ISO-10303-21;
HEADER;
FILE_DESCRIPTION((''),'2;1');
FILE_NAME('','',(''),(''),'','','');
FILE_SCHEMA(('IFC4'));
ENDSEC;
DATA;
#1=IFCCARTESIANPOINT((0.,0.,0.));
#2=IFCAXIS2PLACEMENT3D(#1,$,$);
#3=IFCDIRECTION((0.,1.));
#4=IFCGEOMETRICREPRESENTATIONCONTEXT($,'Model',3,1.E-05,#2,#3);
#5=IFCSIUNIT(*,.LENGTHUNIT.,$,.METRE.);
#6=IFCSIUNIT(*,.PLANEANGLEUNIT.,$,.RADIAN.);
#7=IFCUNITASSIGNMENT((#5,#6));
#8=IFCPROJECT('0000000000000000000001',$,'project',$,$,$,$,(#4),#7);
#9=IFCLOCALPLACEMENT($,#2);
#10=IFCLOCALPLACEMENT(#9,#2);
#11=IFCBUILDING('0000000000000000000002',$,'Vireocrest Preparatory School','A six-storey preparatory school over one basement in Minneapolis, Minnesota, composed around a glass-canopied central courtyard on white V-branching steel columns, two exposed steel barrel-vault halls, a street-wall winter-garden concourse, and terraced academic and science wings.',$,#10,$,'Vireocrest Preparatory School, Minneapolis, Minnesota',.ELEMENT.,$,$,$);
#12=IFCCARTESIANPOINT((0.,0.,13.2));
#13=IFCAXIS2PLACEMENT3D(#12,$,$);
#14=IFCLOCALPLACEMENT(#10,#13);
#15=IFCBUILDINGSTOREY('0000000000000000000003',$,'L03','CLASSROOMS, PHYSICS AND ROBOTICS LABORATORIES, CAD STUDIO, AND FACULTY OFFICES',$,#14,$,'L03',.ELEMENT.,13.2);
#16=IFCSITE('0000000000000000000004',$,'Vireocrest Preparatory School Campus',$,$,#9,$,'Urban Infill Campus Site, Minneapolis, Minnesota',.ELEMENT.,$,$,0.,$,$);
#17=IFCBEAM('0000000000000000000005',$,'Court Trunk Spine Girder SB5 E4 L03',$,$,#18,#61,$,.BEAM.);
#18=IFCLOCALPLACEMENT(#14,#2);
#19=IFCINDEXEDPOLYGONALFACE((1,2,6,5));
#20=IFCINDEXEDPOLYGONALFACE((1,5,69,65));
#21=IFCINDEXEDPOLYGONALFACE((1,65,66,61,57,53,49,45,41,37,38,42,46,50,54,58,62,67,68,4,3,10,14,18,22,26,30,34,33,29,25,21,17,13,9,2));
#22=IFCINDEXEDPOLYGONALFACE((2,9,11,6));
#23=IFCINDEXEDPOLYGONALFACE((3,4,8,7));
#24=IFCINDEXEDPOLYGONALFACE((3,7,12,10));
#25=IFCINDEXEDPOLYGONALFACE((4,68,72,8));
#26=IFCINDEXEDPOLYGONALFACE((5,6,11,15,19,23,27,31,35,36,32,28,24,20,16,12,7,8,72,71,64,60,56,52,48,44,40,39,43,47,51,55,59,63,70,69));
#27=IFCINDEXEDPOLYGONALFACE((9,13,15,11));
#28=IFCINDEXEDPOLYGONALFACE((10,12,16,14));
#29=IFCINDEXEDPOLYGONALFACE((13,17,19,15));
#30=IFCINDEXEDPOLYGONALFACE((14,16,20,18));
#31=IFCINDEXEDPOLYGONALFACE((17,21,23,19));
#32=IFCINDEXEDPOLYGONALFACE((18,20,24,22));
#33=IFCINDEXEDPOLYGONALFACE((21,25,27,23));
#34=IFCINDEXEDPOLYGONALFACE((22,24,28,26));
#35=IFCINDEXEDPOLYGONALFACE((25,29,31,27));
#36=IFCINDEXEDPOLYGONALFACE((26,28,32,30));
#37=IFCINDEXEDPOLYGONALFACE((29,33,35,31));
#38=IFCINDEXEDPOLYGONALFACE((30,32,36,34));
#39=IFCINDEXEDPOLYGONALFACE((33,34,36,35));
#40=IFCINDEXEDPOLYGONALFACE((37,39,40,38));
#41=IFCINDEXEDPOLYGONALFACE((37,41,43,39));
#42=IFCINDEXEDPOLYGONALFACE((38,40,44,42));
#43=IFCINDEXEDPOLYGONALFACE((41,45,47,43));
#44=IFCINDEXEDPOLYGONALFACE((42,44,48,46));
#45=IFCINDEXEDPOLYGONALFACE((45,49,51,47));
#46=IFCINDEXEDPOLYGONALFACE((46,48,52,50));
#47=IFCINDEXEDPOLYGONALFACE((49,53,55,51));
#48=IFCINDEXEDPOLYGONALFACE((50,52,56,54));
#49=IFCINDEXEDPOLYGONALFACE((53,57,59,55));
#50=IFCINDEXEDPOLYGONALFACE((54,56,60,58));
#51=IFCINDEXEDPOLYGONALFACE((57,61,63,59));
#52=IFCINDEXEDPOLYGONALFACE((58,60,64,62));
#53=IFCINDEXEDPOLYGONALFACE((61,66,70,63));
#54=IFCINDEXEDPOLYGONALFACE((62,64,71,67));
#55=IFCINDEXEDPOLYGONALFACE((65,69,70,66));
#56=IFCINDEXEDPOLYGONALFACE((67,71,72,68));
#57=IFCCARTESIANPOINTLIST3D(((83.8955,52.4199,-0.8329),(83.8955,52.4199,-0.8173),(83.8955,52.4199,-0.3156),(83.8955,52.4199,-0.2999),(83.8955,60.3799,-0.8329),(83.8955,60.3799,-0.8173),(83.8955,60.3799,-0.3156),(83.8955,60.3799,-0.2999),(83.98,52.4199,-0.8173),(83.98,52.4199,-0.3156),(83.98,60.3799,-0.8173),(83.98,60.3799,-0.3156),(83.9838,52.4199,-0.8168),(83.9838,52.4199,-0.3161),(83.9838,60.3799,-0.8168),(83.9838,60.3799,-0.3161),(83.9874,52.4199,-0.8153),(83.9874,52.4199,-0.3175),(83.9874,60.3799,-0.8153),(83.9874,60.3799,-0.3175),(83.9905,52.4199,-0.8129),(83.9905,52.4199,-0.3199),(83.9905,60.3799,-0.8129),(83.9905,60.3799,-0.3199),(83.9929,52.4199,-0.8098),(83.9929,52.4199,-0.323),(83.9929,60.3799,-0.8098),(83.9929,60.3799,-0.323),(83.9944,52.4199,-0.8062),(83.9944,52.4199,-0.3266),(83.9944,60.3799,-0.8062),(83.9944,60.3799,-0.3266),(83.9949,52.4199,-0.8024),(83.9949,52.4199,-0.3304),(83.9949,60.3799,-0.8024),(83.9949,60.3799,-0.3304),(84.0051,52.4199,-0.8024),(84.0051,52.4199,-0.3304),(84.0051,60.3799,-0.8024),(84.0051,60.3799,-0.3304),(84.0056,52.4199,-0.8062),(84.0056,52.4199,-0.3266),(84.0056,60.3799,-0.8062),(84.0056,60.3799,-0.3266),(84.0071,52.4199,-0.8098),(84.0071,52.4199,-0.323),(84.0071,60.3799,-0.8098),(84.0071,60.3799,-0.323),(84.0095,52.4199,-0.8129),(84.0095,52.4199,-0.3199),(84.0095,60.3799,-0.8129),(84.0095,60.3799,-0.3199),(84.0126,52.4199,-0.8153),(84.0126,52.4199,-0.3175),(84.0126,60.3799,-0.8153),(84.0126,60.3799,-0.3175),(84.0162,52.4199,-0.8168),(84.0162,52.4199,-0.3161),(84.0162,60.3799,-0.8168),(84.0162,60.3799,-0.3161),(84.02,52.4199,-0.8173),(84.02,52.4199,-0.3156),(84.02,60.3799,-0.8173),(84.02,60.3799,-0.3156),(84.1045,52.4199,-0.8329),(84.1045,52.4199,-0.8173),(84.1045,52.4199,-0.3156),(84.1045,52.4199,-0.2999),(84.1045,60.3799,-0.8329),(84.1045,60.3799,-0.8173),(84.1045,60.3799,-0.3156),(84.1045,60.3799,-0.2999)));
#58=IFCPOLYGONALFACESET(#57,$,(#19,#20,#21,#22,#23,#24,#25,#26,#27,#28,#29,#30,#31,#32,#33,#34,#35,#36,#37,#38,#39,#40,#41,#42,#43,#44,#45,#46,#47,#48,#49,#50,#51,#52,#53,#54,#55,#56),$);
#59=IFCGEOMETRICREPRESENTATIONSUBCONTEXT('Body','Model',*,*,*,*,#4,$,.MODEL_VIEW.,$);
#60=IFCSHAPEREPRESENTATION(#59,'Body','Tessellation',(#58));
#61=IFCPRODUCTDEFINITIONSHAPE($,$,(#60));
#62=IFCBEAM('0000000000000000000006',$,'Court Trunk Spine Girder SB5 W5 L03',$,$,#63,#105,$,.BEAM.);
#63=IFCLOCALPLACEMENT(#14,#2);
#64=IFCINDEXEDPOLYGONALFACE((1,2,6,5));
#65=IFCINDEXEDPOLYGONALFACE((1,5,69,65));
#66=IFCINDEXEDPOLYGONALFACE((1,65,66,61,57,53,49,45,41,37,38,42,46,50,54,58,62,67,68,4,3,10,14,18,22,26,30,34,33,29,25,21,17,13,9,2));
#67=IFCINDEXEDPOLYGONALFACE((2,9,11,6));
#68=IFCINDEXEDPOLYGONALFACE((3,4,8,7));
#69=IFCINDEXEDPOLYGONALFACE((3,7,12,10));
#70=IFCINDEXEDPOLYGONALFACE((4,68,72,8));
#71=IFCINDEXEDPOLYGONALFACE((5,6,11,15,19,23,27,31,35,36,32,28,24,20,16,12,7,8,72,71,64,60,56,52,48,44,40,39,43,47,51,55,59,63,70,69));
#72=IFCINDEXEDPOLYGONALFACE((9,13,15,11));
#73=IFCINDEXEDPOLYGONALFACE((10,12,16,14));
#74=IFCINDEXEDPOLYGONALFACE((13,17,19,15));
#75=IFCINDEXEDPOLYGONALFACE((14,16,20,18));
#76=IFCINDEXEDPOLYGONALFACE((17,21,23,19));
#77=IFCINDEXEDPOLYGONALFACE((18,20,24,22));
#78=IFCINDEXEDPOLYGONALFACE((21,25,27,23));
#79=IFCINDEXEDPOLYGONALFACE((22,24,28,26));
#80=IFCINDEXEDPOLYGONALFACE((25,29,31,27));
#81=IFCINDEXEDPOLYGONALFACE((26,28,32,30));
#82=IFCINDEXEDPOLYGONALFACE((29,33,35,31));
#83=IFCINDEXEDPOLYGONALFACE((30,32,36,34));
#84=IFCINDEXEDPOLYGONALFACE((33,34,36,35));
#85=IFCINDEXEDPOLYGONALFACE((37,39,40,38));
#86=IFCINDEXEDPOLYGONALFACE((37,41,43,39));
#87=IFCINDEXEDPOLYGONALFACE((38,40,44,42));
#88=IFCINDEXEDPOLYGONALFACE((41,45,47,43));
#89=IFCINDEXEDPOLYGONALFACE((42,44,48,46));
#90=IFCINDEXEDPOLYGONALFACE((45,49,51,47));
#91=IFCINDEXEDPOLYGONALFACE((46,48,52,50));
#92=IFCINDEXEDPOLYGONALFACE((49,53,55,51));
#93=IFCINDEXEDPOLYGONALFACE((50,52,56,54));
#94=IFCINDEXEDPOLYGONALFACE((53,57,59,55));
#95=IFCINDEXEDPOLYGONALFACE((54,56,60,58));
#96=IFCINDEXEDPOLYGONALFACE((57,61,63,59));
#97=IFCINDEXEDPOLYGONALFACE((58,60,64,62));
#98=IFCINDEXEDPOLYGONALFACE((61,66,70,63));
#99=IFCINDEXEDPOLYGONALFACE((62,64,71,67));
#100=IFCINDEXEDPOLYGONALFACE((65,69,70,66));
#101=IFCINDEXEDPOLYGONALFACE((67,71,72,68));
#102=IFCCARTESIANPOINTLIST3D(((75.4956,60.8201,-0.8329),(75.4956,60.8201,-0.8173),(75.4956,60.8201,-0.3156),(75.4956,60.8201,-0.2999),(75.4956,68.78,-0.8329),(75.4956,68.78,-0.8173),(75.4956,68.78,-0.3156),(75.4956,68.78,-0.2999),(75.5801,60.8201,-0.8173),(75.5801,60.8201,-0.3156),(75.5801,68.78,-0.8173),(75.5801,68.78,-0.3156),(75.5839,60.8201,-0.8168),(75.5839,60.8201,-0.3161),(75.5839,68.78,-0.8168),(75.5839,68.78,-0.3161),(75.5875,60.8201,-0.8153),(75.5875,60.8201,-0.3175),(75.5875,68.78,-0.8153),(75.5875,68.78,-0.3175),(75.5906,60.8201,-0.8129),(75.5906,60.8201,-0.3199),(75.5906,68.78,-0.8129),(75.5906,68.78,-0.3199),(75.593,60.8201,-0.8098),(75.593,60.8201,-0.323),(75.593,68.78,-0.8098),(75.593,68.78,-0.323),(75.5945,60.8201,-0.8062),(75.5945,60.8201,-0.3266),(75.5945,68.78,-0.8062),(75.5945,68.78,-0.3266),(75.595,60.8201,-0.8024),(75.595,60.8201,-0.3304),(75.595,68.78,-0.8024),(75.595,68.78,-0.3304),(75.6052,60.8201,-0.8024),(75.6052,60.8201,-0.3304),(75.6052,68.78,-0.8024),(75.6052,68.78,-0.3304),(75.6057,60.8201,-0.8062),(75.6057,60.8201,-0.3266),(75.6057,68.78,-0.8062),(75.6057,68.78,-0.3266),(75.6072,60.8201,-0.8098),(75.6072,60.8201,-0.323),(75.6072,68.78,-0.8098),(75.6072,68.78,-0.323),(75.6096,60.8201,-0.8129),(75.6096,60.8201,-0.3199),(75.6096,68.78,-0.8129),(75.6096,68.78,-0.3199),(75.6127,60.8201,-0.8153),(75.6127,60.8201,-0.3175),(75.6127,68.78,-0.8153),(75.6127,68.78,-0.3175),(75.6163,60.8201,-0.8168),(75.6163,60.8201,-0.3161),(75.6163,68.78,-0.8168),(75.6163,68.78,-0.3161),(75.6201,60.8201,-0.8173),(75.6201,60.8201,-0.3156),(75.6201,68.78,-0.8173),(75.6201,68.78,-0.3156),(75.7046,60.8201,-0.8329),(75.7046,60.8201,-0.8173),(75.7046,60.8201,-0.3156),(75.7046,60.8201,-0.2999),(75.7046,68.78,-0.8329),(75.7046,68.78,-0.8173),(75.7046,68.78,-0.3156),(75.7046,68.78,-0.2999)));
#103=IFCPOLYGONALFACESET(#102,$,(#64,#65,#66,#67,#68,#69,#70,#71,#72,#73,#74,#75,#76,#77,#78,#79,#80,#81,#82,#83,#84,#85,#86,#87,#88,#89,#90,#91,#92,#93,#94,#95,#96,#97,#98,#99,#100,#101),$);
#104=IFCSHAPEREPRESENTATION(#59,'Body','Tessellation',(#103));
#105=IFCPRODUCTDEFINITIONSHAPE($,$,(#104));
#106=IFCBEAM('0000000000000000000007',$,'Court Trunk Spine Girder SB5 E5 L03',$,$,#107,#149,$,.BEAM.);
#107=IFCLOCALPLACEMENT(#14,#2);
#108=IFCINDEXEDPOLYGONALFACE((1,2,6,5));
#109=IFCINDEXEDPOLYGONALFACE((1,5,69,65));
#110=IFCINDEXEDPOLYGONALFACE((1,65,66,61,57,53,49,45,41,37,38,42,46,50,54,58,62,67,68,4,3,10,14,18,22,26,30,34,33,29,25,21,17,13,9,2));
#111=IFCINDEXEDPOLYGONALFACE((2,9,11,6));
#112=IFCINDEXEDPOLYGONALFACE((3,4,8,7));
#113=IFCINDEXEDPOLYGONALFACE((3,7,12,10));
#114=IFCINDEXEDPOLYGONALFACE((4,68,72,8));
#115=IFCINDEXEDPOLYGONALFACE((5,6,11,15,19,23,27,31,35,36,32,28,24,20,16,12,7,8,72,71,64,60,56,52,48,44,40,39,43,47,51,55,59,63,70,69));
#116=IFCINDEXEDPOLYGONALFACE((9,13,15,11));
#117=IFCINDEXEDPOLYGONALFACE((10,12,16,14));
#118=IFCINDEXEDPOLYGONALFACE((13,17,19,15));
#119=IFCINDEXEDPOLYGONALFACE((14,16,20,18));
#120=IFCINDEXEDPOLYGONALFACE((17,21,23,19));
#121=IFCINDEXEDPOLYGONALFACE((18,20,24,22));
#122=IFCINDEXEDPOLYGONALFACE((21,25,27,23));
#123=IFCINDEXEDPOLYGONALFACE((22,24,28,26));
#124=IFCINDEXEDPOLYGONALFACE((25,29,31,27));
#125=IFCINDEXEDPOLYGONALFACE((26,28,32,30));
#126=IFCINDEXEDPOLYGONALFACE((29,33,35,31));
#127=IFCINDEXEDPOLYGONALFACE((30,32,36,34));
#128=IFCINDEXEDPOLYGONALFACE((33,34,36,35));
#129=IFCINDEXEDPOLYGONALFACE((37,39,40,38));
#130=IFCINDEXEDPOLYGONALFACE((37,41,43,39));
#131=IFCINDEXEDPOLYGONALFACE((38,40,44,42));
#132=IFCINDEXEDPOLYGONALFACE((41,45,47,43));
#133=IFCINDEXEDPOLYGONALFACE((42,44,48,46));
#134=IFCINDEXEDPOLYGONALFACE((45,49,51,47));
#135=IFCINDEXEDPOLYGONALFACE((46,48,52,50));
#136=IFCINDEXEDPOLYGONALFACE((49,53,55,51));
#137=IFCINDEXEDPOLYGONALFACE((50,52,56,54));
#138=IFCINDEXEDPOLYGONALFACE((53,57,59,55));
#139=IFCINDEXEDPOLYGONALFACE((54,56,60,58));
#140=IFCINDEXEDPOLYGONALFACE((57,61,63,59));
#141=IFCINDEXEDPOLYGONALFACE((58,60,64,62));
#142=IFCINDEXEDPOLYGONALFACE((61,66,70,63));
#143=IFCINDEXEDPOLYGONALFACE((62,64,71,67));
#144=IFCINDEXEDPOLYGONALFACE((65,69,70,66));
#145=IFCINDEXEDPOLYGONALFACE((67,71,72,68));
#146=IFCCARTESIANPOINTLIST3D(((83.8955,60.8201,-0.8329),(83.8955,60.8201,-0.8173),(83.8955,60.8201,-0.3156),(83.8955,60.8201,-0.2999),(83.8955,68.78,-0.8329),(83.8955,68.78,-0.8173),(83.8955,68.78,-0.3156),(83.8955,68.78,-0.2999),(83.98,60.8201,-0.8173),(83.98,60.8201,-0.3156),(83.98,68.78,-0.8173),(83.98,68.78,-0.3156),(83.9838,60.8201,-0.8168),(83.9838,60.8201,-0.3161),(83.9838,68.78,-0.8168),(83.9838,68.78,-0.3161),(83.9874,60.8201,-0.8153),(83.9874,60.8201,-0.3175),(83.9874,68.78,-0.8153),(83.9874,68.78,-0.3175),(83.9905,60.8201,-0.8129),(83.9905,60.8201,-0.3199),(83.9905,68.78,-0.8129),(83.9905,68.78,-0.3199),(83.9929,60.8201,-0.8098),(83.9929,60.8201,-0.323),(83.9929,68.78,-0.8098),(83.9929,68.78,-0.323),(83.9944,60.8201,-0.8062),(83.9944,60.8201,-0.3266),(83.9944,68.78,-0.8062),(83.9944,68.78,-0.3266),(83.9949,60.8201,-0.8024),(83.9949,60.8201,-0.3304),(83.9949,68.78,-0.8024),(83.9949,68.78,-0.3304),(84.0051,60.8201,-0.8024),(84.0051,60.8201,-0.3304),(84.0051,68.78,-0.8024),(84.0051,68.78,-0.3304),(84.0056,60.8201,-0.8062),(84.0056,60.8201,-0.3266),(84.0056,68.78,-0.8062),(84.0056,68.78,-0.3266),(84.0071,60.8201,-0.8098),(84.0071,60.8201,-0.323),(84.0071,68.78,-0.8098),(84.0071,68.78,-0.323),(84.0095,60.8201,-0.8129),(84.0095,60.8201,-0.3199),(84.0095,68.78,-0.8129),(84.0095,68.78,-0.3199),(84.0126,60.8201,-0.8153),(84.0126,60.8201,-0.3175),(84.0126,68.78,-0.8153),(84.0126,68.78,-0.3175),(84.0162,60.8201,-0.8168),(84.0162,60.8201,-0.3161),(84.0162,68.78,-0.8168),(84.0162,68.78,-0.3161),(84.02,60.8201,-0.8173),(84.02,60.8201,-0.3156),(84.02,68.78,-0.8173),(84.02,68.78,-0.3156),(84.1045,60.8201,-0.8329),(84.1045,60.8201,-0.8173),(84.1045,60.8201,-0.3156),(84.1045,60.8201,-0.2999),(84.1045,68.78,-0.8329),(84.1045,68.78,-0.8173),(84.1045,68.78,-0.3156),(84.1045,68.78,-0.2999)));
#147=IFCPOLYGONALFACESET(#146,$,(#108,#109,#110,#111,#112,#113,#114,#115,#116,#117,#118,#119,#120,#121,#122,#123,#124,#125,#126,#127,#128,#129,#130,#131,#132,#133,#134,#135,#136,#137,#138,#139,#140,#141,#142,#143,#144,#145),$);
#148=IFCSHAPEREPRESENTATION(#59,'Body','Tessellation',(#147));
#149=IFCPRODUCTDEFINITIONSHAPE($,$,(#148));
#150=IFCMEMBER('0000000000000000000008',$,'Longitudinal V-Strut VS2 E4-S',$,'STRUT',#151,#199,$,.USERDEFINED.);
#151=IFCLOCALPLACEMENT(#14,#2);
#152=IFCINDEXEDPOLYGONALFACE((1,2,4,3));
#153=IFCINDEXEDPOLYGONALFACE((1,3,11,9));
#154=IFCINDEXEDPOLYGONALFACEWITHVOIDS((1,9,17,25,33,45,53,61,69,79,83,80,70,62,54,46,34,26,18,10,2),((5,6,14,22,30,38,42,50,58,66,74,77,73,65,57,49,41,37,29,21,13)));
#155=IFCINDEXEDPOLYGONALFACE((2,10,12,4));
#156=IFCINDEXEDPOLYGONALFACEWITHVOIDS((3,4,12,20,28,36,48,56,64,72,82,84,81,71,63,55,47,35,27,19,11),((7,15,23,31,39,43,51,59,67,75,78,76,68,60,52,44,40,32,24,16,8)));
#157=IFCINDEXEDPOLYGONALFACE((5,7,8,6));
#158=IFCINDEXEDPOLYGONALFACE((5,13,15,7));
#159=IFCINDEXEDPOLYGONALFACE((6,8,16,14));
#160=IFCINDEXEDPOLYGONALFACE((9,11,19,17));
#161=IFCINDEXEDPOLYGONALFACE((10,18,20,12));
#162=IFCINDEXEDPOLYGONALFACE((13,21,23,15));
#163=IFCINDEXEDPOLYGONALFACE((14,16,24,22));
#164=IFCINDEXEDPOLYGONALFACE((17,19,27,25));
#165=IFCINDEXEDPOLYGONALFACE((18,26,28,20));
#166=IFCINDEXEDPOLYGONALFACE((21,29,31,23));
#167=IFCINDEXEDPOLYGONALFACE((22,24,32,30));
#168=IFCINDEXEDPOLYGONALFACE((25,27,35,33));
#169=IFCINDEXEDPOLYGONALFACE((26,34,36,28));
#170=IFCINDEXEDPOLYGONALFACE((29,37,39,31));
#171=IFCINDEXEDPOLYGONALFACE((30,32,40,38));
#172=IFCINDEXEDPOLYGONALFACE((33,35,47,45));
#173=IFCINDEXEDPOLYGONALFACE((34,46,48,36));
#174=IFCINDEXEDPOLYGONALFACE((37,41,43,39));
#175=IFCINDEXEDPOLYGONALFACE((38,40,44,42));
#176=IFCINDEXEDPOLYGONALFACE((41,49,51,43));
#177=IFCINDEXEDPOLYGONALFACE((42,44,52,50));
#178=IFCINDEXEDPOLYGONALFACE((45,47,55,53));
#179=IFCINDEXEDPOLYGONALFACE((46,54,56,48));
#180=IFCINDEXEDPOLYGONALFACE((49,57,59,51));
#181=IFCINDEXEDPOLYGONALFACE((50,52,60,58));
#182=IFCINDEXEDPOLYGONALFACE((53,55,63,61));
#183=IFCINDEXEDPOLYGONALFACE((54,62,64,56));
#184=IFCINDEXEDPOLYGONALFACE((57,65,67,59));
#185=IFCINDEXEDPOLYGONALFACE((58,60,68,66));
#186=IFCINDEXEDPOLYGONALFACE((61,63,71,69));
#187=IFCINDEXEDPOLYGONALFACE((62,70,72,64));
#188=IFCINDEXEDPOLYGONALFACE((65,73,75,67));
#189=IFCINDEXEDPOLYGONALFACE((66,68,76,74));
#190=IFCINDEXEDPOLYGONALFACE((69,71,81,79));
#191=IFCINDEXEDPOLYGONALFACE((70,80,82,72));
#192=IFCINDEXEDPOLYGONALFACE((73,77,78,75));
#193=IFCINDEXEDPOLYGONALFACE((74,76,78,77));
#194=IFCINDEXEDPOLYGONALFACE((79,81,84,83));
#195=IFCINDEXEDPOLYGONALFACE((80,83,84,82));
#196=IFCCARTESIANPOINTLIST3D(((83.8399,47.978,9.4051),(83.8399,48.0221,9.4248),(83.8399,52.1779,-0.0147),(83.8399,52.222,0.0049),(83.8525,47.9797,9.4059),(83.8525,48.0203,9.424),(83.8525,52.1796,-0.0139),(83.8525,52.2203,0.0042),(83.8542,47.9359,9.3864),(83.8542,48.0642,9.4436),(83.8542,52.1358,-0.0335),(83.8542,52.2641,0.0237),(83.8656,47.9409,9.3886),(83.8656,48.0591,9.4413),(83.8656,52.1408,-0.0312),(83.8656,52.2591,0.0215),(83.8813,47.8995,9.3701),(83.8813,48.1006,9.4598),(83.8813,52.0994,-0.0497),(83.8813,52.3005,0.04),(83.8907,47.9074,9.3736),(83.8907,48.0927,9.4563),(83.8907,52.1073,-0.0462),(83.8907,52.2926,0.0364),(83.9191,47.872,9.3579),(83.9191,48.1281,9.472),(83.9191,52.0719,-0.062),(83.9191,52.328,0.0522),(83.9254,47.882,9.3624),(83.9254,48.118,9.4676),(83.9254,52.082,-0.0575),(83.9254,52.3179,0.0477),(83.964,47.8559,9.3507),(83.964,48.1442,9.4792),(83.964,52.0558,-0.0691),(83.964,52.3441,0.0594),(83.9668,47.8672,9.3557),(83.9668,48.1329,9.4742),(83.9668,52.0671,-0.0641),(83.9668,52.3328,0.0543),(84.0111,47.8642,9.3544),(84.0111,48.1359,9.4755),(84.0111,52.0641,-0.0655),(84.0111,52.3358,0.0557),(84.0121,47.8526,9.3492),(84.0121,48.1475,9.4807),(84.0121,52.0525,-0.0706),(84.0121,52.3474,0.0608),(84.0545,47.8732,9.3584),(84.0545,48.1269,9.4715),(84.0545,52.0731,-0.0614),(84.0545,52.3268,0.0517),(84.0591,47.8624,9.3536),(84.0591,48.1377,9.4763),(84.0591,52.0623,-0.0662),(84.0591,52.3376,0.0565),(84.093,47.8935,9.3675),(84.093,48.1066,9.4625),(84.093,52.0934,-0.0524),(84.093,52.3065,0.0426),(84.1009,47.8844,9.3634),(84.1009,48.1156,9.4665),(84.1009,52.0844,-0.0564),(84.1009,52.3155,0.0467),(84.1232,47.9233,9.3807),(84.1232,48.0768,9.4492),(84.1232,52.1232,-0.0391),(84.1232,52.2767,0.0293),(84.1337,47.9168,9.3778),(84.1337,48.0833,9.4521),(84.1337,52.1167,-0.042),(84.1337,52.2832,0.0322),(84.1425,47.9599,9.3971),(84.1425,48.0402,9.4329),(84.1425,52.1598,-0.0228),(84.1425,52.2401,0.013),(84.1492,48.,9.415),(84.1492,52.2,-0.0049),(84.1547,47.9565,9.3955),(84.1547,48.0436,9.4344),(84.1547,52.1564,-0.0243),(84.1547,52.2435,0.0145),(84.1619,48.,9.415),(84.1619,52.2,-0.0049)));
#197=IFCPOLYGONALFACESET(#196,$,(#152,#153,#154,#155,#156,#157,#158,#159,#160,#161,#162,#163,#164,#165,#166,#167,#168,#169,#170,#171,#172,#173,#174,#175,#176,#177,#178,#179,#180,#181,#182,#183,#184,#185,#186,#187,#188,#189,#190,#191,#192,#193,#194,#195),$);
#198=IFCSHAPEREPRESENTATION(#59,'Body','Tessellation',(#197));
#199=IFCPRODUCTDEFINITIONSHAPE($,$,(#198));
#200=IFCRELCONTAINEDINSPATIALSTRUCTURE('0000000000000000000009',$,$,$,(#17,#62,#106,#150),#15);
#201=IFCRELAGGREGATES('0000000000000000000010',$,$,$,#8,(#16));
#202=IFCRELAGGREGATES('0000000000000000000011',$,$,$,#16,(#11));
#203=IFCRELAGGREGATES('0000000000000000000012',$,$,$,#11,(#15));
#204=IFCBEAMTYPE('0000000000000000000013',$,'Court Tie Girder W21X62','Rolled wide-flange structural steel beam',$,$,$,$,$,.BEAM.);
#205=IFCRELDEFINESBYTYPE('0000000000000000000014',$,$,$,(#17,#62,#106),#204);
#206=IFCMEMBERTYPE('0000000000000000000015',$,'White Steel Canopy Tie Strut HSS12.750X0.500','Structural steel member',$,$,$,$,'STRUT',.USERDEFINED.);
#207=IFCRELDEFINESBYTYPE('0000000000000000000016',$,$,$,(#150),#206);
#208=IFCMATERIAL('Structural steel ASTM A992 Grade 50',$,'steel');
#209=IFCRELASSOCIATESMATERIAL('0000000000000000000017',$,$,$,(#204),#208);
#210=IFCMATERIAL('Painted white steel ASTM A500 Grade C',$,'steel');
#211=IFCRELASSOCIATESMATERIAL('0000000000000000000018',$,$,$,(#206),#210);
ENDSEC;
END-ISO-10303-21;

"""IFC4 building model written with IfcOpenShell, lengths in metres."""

from ifc_helpers import new_model, si_unit, direction, frame, origin, origin_2d, place, context, subcontext, project, spatial, hollow_circle, i_section, extrude, material, material_profile, profile_set, type_object, element, save


model = new_model("IFC4")

# Units and contexts
model_context = context("Model", 3, precision=1e-05, world=origin(), true_north=direction((0.0, 1.0)))
body_context = subcontext(model_context, "Body", "Model", "MODEL_VIEW")
ifc_project = project(units=[si_unit("LENGTHUNIT", "METRE"), si_unit("PLANEANGLEUNIT", "RADIAN")], contexts=[model_context])

# Site, building, storey
site_placement = place(None, origin())
site = spatial("IfcSite", under=ifc_project, at=site_placement, Name="Vireocrest Preparatory School Campus", LongName="Urban Infill Campus Site, Minneapolis, Minnesota", CompositionType="ELEMENT", RefElevation=0.0)
building_placement = place(site_placement, origin())
building = spatial("IfcBuilding", under=site, at=building_placement, Name="Vireocrest Preparatory School", Description="A six-storey preparatory school over one basement in Minneapolis, Minnesota, composed around a glass-canopied central courtyard on white V-branching steel columns, two exposed steel barrel-vault halls, a street-wall winter-garden concourse, and terraced academic and science wings.", LongName="Vireocrest Preparatory School, Minneapolis, Minnesota", CompositionType="ELEMENT")
storey_placement = place(building_placement, frame((0.0, 0.0, 13.2)))
storey = spatial("IfcBuildingStorey", under=building, at=storey_placement, Name="L03", Description="CLASSROOMS, PHYSICS AND ROBOTICS LABORATORIES, CAD STUDIO, AND FACULTY OFFICES", LongName="L03", CompositionType="ELEMENT", Elevation=13.2)

# Beams
ifc_material_1 = material(Name="Structural steel ASTM A992 Grade 50", Category="steel")
ifc_material_profile_1 = material_profile(ifc_material_1, i_section(OverallWidth=0.209, OverallDepth=0.533, WebThickness=0.0103, FlangeThickness=0.0156, FilletRadius=0.0149, at=origin_2d()), Name="W21X62")
ifc_profile_set_1 = profile_set([ifc_material_profile_1], Name="Structural steel ASTM A992 Grade 50")
beam_type = type_object("IfcBeamType", Name="Court Tie Girder W21X62", Description="Rolled wide-flange structural steel beam", PredefinedType="BEAM", material=ifc_profile_set_1)
for number, where, z_axis, x_axis, name in (
    (1, (84.0, 52.4199, -0.5664), (0.0, 1.0, 0.0), (-1.0, 0.0, 0.0), "Court Trunk Spine Girder SB5 E4 L03"),
    (2, (75.6001, 60.8201, -0.5664), (0.0, 1.0, 0.0), (-1.0, 0.0, 0.0), "Court Trunk Spine Girder SB5 W5 L03"),
    (3, (84.0, 60.8201, -0.5664), (0.0, 1.0, 0.0), (-1.0, 0.0, 0.0), "Court Trunk Spine Girder SB5 E5 L03"),
):
    element("IfcBeam", number, at=place(storey_placement, frame(where, z_axis=z_axis, x_axis=x_axis)), inside=storey, type_object=beam_type, Name=name, PredefinedType="BEAM", context=body_context, shape_type="SweptSolid", body=[
        extrude(i_section(OverallWidth=0.209, OverallDepth=0.533, WebThickness=0.0103, FlangeThickness=0.0156, FilletRadius=0.0149, at=origin_2d()), origin(), (0.0, 0.0, 1.0), 7.96),
    ])

# Member
ifc_material_2 = material(Name="Painted white steel ASTM A500 Grade C", Category="steel")
ifc_material_profile_2 = material_profile(ifc_material_2, hollow_circle(Radius=0.1619, WallThickness=0.0127, at=origin_2d()), Name="HSS12.750X0.500")
ifc_profile_set_2 = profile_set([ifc_material_profile_2], Name="Painted white steel ASTM A500 Grade C")
member_type_1 = type_object("IfcMemberType", Name="White Steel Canopy Tie Strut HSS12.750X0.500", Description="Structural steel member", ElementType="STRUT", PredefinedType="USERDEFINED", material=ifc_profile_set_2)
for number, where, z_axis, x_axis, name in (
    (4, (84.0, 52.2, -0.0049), (0.0, -0.407217, 0.913332), (1.0, 0.0, 0.0), "Longitudinal V-Strut VS2 E4-S"),
):
    element("IfcMember", number, at=place(storey_placement, frame(where, z_axis=z_axis, x_axis=x_axis)), inside=storey, type_object=member_type_1, Name=name, ObjectType="STRUT", PredefinedType="USERDEFINED", context=body_context, shape_type="SweptSolid", body=[
        extrude(hollow_circle(Radius=0.1619, WallThickness=0.0127, at=origin_2d()), origin(), (0.0, 0.0, 1.0), 10.3137),
    ])

save(model, "model.ifc")
